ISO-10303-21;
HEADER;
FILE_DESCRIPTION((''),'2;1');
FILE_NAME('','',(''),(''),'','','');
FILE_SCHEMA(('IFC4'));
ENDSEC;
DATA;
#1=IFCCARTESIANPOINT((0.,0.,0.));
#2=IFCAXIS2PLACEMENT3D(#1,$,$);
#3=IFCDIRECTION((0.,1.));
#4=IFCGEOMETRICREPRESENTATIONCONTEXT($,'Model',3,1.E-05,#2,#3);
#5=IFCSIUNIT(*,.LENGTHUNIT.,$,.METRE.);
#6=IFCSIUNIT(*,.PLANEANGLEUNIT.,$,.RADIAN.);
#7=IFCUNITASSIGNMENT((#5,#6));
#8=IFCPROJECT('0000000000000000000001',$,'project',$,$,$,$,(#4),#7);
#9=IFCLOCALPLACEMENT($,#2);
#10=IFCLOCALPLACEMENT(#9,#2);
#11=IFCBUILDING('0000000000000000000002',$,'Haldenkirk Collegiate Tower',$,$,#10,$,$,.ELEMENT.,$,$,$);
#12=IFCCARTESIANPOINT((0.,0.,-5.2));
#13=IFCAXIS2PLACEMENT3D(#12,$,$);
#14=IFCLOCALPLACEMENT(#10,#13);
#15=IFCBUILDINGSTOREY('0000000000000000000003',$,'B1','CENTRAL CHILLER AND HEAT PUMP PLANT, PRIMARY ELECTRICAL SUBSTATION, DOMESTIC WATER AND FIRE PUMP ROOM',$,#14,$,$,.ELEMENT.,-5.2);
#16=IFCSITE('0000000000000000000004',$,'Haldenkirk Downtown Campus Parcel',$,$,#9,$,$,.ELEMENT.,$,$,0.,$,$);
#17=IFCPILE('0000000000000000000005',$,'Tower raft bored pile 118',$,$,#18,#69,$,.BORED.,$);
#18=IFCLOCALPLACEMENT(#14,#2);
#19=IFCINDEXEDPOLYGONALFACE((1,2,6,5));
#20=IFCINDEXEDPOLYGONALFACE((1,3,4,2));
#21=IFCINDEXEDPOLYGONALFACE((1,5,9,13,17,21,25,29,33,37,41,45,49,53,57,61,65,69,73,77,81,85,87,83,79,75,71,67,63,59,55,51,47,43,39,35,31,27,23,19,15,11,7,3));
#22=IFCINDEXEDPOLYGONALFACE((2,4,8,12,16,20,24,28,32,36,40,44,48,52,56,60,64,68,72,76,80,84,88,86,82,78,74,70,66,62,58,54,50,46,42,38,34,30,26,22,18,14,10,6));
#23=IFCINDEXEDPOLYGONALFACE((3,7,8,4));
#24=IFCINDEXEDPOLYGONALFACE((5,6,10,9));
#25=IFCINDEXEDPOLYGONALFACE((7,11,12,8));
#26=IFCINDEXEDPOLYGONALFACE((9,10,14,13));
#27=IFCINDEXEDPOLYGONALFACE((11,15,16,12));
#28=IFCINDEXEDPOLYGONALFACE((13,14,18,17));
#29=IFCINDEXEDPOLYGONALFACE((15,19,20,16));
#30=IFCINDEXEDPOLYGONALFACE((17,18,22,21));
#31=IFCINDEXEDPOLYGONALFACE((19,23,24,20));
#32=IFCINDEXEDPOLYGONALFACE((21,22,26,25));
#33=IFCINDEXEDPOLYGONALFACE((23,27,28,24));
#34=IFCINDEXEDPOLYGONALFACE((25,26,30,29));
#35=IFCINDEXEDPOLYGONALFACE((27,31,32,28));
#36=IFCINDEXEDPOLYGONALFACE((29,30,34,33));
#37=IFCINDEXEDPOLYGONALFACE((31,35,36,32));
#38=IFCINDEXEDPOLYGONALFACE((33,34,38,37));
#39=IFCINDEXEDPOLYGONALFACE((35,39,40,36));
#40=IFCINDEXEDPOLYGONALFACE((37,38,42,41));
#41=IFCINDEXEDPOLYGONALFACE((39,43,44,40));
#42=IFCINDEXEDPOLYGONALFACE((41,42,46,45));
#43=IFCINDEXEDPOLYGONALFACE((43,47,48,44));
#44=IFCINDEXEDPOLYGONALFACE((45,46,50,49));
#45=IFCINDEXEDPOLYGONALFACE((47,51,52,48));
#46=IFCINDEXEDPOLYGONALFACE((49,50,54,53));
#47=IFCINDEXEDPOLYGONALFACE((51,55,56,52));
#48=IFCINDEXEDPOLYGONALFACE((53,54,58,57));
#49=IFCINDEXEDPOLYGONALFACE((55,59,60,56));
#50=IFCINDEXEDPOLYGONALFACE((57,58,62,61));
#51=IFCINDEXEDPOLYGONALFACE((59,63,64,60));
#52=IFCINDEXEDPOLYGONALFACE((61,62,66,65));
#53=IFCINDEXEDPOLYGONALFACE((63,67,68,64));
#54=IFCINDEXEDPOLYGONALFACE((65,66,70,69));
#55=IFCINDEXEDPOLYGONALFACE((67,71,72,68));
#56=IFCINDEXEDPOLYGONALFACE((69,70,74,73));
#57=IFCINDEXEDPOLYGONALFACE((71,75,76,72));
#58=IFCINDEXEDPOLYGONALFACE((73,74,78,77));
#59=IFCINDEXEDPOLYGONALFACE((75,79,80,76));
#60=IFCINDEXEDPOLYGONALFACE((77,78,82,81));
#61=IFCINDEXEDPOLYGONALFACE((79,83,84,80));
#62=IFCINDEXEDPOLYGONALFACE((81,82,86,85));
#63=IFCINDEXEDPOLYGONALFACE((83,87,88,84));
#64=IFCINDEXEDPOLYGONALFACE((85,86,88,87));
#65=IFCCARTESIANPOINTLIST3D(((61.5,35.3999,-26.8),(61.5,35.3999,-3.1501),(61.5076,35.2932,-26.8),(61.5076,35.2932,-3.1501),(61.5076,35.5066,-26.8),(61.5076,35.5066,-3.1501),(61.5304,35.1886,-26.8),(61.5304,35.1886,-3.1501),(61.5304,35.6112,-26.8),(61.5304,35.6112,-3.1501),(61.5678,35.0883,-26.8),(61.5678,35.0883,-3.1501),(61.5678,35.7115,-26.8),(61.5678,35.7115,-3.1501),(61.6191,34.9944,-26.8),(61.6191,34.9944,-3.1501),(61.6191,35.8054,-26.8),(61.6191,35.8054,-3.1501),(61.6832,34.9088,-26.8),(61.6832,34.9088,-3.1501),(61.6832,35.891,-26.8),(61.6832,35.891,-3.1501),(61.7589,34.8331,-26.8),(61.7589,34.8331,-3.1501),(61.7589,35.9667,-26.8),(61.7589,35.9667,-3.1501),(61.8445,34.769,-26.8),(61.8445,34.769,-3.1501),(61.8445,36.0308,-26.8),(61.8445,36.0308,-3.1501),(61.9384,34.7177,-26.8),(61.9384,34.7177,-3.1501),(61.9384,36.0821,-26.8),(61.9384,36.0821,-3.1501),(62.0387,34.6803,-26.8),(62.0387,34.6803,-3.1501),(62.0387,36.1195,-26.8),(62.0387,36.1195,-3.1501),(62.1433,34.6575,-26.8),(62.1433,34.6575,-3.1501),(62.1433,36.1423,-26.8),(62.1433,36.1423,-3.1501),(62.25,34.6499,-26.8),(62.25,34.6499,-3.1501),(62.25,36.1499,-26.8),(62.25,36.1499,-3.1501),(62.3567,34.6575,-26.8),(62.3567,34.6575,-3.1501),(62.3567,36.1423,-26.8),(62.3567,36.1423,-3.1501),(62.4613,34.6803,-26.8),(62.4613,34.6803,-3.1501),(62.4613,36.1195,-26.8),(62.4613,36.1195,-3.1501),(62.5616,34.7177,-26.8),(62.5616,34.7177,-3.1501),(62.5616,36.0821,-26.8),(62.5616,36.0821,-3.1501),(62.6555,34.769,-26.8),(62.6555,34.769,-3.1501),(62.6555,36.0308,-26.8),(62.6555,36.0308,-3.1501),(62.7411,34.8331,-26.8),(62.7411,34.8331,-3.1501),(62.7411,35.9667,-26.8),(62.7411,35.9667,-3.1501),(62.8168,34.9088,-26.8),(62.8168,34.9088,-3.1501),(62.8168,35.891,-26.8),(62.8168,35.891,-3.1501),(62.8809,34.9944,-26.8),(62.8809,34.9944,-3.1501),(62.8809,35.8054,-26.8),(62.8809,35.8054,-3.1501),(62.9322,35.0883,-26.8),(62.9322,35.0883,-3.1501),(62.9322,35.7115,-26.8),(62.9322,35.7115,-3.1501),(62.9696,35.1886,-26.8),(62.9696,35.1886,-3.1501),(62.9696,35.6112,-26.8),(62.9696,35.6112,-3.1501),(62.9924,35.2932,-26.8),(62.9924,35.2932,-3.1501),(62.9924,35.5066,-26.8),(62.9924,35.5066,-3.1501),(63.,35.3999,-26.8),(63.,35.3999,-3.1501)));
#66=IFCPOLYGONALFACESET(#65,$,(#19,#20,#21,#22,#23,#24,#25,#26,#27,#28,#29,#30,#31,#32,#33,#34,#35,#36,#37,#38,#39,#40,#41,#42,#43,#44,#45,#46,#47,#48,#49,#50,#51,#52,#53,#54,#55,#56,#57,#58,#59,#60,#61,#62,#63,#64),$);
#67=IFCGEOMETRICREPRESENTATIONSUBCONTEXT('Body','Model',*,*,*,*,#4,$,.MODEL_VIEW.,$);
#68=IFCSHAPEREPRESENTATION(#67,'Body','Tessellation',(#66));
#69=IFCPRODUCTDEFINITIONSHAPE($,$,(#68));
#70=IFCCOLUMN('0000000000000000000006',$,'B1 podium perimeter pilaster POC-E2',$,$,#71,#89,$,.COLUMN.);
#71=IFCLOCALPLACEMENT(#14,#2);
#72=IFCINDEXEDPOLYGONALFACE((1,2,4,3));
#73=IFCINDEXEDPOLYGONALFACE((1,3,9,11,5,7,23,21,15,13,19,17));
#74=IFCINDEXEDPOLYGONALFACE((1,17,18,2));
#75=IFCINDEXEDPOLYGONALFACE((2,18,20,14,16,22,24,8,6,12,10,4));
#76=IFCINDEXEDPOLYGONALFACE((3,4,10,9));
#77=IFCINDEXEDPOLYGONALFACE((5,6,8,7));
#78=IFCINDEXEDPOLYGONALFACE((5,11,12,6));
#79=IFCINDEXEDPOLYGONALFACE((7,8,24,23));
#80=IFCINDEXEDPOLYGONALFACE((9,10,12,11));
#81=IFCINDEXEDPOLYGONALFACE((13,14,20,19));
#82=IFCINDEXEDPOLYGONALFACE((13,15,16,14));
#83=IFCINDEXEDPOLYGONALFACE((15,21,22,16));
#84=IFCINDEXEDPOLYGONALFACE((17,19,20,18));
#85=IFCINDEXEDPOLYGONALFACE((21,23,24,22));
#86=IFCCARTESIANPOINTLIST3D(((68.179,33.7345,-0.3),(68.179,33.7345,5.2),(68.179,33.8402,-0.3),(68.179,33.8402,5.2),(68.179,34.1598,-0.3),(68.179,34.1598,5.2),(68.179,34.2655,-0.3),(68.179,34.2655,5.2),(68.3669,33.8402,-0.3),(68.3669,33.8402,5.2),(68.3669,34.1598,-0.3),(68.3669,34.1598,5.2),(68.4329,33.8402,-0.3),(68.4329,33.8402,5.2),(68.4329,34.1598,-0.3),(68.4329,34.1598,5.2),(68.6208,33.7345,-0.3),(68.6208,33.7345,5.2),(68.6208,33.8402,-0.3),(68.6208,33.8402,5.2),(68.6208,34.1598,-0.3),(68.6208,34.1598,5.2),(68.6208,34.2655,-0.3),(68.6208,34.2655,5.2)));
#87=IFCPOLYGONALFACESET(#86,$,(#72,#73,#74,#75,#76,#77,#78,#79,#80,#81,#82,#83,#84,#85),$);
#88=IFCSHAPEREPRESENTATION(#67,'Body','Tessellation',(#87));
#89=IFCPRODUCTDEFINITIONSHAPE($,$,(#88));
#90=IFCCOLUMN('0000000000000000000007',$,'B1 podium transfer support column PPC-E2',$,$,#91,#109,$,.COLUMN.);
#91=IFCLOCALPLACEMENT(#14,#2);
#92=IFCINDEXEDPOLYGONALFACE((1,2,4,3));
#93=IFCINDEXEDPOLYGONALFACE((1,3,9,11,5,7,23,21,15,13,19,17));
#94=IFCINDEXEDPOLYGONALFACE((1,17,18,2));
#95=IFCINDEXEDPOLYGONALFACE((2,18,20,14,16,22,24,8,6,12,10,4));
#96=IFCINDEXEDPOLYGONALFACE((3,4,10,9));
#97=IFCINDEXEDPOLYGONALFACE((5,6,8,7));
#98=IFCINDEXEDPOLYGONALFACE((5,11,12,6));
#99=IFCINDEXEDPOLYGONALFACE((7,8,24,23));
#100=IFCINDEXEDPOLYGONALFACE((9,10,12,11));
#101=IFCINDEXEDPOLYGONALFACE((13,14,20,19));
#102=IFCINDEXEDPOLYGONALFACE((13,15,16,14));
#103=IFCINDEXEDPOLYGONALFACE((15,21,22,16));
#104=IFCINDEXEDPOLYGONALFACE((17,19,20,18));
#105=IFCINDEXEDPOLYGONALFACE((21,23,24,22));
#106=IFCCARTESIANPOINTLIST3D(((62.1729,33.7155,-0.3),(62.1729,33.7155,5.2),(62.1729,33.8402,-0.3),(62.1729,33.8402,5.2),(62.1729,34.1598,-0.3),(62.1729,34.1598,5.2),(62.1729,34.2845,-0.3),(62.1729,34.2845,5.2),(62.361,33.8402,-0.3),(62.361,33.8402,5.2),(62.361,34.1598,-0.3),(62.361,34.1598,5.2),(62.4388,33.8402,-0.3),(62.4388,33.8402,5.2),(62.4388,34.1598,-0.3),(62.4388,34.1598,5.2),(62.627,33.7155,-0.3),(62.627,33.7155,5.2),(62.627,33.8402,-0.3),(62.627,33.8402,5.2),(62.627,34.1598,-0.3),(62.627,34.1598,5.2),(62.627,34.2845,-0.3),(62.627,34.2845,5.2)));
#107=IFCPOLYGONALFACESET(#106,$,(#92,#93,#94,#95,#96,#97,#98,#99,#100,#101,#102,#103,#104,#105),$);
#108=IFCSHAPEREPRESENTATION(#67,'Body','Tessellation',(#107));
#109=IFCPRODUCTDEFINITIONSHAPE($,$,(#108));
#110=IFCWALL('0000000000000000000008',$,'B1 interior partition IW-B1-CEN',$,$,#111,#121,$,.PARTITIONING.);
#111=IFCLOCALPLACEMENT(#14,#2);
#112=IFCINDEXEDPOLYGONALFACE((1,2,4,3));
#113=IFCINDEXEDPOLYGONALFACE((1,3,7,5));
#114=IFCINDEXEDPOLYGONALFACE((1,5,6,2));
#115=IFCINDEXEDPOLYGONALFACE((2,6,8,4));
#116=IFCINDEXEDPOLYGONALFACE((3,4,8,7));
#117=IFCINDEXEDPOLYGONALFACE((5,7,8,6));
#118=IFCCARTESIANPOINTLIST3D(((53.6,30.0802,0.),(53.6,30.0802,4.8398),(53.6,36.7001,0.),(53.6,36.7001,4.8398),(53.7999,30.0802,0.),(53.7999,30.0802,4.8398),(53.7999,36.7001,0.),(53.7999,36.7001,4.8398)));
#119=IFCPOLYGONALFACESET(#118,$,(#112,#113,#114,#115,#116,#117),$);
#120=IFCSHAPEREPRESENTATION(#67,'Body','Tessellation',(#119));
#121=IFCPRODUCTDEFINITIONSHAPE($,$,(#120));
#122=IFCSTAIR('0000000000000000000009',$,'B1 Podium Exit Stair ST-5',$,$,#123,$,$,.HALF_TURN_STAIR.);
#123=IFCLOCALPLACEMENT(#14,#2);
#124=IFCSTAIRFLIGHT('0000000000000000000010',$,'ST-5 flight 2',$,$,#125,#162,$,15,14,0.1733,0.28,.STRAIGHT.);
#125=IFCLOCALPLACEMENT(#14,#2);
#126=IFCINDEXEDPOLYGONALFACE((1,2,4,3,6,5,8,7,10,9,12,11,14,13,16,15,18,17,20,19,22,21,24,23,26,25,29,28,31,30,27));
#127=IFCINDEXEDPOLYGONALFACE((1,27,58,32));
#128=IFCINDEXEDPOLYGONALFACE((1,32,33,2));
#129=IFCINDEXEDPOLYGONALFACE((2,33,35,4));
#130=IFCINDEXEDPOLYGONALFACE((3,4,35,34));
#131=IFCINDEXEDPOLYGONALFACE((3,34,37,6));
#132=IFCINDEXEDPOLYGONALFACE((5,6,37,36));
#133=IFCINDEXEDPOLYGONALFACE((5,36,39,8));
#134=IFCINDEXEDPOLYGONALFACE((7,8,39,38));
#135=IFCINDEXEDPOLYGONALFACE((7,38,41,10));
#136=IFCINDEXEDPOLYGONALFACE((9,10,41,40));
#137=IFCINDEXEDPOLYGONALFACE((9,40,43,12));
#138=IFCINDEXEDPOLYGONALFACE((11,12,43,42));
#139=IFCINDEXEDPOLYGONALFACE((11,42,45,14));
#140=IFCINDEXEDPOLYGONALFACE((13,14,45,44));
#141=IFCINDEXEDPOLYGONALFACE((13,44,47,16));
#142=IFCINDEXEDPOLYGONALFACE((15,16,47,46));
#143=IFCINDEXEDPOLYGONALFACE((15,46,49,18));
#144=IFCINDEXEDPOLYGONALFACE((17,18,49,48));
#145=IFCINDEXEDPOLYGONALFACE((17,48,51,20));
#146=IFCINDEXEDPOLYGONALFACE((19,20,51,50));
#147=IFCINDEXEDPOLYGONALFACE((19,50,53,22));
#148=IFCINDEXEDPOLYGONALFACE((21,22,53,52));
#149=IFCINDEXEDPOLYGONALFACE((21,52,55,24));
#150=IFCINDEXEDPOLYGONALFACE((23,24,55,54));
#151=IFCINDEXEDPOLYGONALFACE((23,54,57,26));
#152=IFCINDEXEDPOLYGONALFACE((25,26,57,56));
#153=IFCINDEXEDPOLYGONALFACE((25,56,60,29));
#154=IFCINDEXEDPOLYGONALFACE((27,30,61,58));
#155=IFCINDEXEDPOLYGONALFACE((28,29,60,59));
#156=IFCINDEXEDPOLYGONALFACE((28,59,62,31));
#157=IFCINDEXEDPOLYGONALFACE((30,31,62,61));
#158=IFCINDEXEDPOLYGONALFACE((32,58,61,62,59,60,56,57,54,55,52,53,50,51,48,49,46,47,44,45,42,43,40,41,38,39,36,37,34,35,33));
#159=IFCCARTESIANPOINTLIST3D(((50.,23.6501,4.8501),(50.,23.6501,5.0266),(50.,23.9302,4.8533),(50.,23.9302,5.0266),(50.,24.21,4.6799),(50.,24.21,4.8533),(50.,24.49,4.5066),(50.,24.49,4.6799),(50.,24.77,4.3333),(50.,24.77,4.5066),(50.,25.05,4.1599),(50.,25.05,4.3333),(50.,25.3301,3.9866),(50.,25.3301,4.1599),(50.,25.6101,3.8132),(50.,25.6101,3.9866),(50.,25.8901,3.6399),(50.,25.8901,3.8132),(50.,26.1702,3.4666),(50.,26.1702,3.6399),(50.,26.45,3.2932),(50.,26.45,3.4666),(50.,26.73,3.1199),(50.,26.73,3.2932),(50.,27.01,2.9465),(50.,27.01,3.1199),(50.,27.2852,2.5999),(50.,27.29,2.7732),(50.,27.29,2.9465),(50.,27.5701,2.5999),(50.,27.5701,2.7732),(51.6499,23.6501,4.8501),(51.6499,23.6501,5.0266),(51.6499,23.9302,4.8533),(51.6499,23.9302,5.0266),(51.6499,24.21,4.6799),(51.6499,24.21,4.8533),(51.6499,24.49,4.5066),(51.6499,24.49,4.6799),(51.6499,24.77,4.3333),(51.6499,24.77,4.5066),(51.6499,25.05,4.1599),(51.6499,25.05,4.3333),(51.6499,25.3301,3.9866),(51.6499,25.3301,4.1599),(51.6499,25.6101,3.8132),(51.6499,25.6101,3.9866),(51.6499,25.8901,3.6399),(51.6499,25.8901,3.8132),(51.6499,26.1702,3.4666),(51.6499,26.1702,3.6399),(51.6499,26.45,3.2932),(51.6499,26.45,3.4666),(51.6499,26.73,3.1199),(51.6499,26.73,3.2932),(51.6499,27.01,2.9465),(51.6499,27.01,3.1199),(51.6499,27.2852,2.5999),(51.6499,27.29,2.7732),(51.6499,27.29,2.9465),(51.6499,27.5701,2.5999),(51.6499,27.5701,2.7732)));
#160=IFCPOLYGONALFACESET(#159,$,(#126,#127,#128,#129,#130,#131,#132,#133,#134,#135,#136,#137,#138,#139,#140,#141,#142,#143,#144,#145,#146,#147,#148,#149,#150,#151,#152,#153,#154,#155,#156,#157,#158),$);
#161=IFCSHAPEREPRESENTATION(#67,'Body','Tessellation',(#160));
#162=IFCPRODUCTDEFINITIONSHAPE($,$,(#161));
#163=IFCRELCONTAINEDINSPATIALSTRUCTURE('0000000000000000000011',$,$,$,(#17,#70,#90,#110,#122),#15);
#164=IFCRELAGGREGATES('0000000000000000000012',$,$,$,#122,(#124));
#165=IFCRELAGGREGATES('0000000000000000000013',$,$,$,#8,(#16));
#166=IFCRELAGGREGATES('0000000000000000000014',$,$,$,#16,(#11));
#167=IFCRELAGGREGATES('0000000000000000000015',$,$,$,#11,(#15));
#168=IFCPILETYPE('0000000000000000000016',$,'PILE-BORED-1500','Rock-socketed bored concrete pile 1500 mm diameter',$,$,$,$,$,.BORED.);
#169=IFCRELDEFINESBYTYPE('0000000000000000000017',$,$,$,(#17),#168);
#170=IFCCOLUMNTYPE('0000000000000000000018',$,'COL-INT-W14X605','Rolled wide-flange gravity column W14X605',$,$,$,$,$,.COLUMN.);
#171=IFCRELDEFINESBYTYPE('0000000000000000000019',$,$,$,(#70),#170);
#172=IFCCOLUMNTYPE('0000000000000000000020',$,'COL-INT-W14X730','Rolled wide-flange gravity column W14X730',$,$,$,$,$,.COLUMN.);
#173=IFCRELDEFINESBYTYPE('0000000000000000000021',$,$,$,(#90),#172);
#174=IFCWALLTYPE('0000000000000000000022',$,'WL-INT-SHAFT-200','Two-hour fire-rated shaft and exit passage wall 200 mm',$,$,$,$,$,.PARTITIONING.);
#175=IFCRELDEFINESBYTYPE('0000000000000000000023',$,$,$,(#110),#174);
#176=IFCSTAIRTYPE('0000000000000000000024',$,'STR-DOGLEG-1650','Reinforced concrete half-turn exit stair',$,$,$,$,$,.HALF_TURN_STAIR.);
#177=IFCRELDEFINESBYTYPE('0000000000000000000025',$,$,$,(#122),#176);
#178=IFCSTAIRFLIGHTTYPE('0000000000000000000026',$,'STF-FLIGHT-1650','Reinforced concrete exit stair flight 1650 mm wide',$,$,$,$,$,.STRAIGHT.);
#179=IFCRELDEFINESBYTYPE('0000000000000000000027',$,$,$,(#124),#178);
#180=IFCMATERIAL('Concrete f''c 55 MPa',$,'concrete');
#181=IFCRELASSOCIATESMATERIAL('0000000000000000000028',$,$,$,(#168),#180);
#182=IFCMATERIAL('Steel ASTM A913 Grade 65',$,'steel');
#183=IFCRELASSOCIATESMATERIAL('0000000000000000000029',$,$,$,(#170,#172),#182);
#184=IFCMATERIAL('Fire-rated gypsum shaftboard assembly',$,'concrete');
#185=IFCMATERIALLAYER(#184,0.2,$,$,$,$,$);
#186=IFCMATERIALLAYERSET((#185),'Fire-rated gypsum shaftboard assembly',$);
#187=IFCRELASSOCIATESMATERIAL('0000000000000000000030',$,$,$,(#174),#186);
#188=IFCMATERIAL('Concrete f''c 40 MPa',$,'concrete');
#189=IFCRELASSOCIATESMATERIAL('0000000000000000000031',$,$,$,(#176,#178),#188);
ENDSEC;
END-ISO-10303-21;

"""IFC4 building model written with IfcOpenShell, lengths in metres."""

from ifc_helpers import new_model, si_unit, direction, frame, frame_2d, origin, origin_2d, place, context, subcontext, project, spatial, polyline, rectangle, circle, i_section, outline, extrude, material, layer, layer_set, material_profile, profile_set, type_object, element, aggregate, save


model = new_model("IFC4")

# Units and contexts
model_context = context("Model", 3, precision=1e-05, world=origin(), true_north=direction((0.0, 1.0)))
body_context = subcontext(model_context, "Body", "Model", "MODEL_VIEW")
ifc_project = project(units=[si_unit("LENGTHUNIT", "METRE"), si_unit("PLANEANGLEUNIT", "RADIAN")], contexts=[model_context])

# Site, building, storey
site_placement = place(None, origin())
site = spatial("IfcSite", under=ifc_project, at=site_placement, Name="Haldenkirk Downtown Campus Parcel", CompositionType="ELEMENT", RefElevation=0.0)
building_placement = place(site_placement, origin())
building = spatial("IfcBuilding", under=site, at=building_placement, Name="Haldenkirk Collegiate Tower", CompositionType="ELEMENT")
storey_placement = place(building_placement, frame((0.0, 0.0, -5.2)))
storey = spatial("IfcBuildingStorey", under=building, at=storey_placement, Name="B1", Description="CENTRAL CHILLER AND HEAT PUMP PLANT, PRIMARY ELECTRICAL SUBSTATION, DOMESTIC WATER AND FIRE PUMP ROOM", CompositionType="ELEMENT", Elevation=-5.2)

# Shared definitions
ifc_material_1 = material(Name="Concrete f'c 55 MPa", Category="concrete")

# Pile
ifc_material_profile_1 = material_profile(ifc_material_1, circle(Radius=0.75, at=origin_2d()), Name="PILE1500")
ifc_profile_set_1 = profile_set([ifc_material_profile_1], Name="Concrete f'c 55 MPa")
pile_type_1 = type_object("IfcPileType", Name="PILE-BORED-1500", Description="Rock-socketed bored concrete pile 1500 mm diameter", PredefinedType="BORED", material=ifc_profile_set_1)
for number, where, z_axis, x_axis, name in (
    (1, (62.25, 35.3999, -3.1501), (0.0, 0.0, -1.0), (1.0, 0.0, 0.0), "Tower raft bored pile 118"),
):
    element("IfcPile", number, at=place(storey_placement, frame(where, z_axis=z_axis, x_axis=x_axis)), inside=storey, type_object=pile_type_1, Name=name, PredefinedType="BORED", context=body_context, shape_type="SweptSolid", body=[
        extrude(circle(Radius=0.75, at=origin_2d()), origin(), (0.0, 0.0, 1.0), 23.6499),
    ])

# Columns
ifc_material_2 = material(Name="Steel ASTM A913 Grade 65", Category="steel")
ifc_material_profile_2 = material_profile(ifc_material_2, i_section(OverallWidth=0.4419, OverallDepth=0.531, WebThickness=0.0659, FlangeThickness=0.1057, at=origin_2d()), Name="W14X605")
ifc_profile_set_2 = profile_set([ifc_material_profile_2], Name="Steel ASTM A913 Grade 65")
column_type_1 = type_object("IfcColumnType", Name="COL-INT-W14X605", Description="Rolled wide-flange gravity column W14X605", PredefinedType="COLUMN", material=ifc_profile_set_2)
column_1_placement = place(storey_placement, frame((68.3999, 34.0, -0.3), z_axis=(0.0, 0.0, 1.0), x_axis=(1.0, 0.0, 0.0)))
element("IfcColumn", 2, at=column_1_placement, inside=storey, type_object=column_type_1, Name="B1 podium perimeter pilaster POC-E2", PredefinedType="COLUMN", context=body_context, shape_type="SweptSolid", body=[
    extrude(i_section(OverallWidth=0.4419, OverallDepth=0.531, WebThickness=0.0659, FlangeThickness=0.1057, at=origin_2d()), origin(), (0.0, 0.0, 1.0), 5.5),
])
ifc_material_profile_3 = material_profile(ifc_material_2, i_section(OverallWidth=0.4541, OverallDepth=0.5691, WebThickness=0.0779, FlangeThickness=0.1248, at=origin_2d()), Name="W14X730")
ifc_profile_set_3 = profile_set([ifc_material_profile_3], Name="Steel ASTM A913 Grade 65")
column_type_2 = type_object("IfcColumnType", Name="COL-INT-W14X730", Description="Rolled wide-flange gravity column W14X730", PredefinedType="COLUMN", material=ifc_profile_set_3)
column_2_placement = place(storey_placement, frame((62.3999, 34.0, -0.3), z_axis=(0.0, 0.0, 1.0), x_axis=(1.0, 0.0, 0.0)))
element("IfcColumn", 3, at=column_2_placement, inside=storey, type_object=column_type_2, Name="B1 podium transfer support column PPC-E2", PredefinedType="COLUMN", context=body_context, shape_type="SweptSolid", body=[
    extrude(i_section(OverallWidth=0.4541, OverallDepth=0.5691, WebThickness=0.0779, FlangeThickness=0.1248, at=origin_2d()), origin(), (0.0, 0.0, 1.0), 5.5),
])

# Wall
ifc_material_3 = material(Name="Fire-rated gypsum shaftboard assembly", Category="concrete")
ifc_layer = layer(ifc_material_3, 0.2)
ifc_layer_set = layer_set([ifc_layer], Name="Fire-rated gypsum shaftboard assembly")
wall_type = type_object("IfcWallType", Name="WL-INT-SHAFT-200", Description="Two-hour fire-rated shaft and exit passage wall 200 mm", PredefinedType="PARTITIONING", material=ifc_layer_set)
wall_placement = place(storey_placement, frame((53.7, 30.0801, 0.0), z_axis=(0.0, 0.0, 1.0), x_axis=(0.0, 1.0, 0.0)))
element("IfcWall", 4, at=wall_placement, inside=storey, type_object=wall_type, Name="B1 interior partition IW-B1-CEN", PredefinedType="PARTITIONING", context=body_context, shape_type="SweptSolid", body=[
    extrude(rectangle(XDim=6.6199, YDim=0.2, at=frame_2d((3.3101, 0.0))), origin(), (0.0, 0.0, 1.0), 4.8398),
])

# Stair, stair flight
ifc_material_4 = material(Name="Concrete f'c 40 MPa", Category="concrete")
stair_type = type_object("IfcStairType", Name="STR-DOGLEG-1650", Description="Reinforced concrete half-turn exit stair", PredefinedType="HALF_TURN_STAIR", material=ifc_material_4)
stair_placement = place(storey_placement, origin())
stair = element("IfcStair", 5, at=stair_placement, inside=storey, type_object=stair_type, Name="B1 Podium Exit Stair ST-5", PredefinedType="HALF_TURN_STAIR")
stair_flight_type = type_object("IfcStairFlightType", Name="STF-FLIGHT-1650", Description="Reinforced concrete exit stair flight 1650 mm wide", PredefinedType="STRAIGHT", material=ifc_material_4)
stair_flight_placement = place(storey_placement, frame((50.825, 27.5701, 2.5999), z_axis=(0.0, 0.0, 1.0), x_axis=(0.0, -1.0, 0.0)))
stair_flight = element("IfcStairFlight", 6, at=stair_flight_placement, type_object=stair_flight_type, Name="ST-5 flight 2", NumberOfRisers=15, NumberOfTreads=14, PredefinedType="STRAIGHT", RiserHeight=0.1733, TreadLength=0.28, context=body_context, shape_type="SweptSolid", body=[
    extrude(outline(polyline([(0.0, 0.0), (0.0, 0.1733), (0.28, 0.1733), (0.28, 0.3467), (0.5601, 0.3467), (0.5601, 0.52), (0.8401, 0.52), (0.8401, 0.6934), (1.1201, 0.6934), (1.1201, 0.8667), (1.3999, 0.8667), (1.3999, 1.04), (1.6799, 1.04), (1.6799, 1.2134), (1.96, 1.2134), (1.96, 1.3867), (2.24, 1.3867), (2.24, 1.5601), (2.52, 1.5601), (2.52, 1.7334), (2.8, 1.7334), (2.8, 1.9067), (3.0801, 1.9067), (3.0801, 2.0801), (3.3601, 2.0801), (3.3601, 2.2534), (3.6399, 2.2534), (3.6399, 2.4268), (3.9199, 2.4268), (3.9199, 2.6001), (3.9199, 2.2502), (0.2849, 0.0), (0.0, 0.0)])), frame((0.0, 0.825, 0.0), z_axis=(0.0, -1.0, 0.0), x_axis=(1.0, 0.0, 0.0)), (0.0, 0.0, 1.0), 1.6499),
])
aggregate(stair, [stair_flight])

save(model, "model.ifc")
